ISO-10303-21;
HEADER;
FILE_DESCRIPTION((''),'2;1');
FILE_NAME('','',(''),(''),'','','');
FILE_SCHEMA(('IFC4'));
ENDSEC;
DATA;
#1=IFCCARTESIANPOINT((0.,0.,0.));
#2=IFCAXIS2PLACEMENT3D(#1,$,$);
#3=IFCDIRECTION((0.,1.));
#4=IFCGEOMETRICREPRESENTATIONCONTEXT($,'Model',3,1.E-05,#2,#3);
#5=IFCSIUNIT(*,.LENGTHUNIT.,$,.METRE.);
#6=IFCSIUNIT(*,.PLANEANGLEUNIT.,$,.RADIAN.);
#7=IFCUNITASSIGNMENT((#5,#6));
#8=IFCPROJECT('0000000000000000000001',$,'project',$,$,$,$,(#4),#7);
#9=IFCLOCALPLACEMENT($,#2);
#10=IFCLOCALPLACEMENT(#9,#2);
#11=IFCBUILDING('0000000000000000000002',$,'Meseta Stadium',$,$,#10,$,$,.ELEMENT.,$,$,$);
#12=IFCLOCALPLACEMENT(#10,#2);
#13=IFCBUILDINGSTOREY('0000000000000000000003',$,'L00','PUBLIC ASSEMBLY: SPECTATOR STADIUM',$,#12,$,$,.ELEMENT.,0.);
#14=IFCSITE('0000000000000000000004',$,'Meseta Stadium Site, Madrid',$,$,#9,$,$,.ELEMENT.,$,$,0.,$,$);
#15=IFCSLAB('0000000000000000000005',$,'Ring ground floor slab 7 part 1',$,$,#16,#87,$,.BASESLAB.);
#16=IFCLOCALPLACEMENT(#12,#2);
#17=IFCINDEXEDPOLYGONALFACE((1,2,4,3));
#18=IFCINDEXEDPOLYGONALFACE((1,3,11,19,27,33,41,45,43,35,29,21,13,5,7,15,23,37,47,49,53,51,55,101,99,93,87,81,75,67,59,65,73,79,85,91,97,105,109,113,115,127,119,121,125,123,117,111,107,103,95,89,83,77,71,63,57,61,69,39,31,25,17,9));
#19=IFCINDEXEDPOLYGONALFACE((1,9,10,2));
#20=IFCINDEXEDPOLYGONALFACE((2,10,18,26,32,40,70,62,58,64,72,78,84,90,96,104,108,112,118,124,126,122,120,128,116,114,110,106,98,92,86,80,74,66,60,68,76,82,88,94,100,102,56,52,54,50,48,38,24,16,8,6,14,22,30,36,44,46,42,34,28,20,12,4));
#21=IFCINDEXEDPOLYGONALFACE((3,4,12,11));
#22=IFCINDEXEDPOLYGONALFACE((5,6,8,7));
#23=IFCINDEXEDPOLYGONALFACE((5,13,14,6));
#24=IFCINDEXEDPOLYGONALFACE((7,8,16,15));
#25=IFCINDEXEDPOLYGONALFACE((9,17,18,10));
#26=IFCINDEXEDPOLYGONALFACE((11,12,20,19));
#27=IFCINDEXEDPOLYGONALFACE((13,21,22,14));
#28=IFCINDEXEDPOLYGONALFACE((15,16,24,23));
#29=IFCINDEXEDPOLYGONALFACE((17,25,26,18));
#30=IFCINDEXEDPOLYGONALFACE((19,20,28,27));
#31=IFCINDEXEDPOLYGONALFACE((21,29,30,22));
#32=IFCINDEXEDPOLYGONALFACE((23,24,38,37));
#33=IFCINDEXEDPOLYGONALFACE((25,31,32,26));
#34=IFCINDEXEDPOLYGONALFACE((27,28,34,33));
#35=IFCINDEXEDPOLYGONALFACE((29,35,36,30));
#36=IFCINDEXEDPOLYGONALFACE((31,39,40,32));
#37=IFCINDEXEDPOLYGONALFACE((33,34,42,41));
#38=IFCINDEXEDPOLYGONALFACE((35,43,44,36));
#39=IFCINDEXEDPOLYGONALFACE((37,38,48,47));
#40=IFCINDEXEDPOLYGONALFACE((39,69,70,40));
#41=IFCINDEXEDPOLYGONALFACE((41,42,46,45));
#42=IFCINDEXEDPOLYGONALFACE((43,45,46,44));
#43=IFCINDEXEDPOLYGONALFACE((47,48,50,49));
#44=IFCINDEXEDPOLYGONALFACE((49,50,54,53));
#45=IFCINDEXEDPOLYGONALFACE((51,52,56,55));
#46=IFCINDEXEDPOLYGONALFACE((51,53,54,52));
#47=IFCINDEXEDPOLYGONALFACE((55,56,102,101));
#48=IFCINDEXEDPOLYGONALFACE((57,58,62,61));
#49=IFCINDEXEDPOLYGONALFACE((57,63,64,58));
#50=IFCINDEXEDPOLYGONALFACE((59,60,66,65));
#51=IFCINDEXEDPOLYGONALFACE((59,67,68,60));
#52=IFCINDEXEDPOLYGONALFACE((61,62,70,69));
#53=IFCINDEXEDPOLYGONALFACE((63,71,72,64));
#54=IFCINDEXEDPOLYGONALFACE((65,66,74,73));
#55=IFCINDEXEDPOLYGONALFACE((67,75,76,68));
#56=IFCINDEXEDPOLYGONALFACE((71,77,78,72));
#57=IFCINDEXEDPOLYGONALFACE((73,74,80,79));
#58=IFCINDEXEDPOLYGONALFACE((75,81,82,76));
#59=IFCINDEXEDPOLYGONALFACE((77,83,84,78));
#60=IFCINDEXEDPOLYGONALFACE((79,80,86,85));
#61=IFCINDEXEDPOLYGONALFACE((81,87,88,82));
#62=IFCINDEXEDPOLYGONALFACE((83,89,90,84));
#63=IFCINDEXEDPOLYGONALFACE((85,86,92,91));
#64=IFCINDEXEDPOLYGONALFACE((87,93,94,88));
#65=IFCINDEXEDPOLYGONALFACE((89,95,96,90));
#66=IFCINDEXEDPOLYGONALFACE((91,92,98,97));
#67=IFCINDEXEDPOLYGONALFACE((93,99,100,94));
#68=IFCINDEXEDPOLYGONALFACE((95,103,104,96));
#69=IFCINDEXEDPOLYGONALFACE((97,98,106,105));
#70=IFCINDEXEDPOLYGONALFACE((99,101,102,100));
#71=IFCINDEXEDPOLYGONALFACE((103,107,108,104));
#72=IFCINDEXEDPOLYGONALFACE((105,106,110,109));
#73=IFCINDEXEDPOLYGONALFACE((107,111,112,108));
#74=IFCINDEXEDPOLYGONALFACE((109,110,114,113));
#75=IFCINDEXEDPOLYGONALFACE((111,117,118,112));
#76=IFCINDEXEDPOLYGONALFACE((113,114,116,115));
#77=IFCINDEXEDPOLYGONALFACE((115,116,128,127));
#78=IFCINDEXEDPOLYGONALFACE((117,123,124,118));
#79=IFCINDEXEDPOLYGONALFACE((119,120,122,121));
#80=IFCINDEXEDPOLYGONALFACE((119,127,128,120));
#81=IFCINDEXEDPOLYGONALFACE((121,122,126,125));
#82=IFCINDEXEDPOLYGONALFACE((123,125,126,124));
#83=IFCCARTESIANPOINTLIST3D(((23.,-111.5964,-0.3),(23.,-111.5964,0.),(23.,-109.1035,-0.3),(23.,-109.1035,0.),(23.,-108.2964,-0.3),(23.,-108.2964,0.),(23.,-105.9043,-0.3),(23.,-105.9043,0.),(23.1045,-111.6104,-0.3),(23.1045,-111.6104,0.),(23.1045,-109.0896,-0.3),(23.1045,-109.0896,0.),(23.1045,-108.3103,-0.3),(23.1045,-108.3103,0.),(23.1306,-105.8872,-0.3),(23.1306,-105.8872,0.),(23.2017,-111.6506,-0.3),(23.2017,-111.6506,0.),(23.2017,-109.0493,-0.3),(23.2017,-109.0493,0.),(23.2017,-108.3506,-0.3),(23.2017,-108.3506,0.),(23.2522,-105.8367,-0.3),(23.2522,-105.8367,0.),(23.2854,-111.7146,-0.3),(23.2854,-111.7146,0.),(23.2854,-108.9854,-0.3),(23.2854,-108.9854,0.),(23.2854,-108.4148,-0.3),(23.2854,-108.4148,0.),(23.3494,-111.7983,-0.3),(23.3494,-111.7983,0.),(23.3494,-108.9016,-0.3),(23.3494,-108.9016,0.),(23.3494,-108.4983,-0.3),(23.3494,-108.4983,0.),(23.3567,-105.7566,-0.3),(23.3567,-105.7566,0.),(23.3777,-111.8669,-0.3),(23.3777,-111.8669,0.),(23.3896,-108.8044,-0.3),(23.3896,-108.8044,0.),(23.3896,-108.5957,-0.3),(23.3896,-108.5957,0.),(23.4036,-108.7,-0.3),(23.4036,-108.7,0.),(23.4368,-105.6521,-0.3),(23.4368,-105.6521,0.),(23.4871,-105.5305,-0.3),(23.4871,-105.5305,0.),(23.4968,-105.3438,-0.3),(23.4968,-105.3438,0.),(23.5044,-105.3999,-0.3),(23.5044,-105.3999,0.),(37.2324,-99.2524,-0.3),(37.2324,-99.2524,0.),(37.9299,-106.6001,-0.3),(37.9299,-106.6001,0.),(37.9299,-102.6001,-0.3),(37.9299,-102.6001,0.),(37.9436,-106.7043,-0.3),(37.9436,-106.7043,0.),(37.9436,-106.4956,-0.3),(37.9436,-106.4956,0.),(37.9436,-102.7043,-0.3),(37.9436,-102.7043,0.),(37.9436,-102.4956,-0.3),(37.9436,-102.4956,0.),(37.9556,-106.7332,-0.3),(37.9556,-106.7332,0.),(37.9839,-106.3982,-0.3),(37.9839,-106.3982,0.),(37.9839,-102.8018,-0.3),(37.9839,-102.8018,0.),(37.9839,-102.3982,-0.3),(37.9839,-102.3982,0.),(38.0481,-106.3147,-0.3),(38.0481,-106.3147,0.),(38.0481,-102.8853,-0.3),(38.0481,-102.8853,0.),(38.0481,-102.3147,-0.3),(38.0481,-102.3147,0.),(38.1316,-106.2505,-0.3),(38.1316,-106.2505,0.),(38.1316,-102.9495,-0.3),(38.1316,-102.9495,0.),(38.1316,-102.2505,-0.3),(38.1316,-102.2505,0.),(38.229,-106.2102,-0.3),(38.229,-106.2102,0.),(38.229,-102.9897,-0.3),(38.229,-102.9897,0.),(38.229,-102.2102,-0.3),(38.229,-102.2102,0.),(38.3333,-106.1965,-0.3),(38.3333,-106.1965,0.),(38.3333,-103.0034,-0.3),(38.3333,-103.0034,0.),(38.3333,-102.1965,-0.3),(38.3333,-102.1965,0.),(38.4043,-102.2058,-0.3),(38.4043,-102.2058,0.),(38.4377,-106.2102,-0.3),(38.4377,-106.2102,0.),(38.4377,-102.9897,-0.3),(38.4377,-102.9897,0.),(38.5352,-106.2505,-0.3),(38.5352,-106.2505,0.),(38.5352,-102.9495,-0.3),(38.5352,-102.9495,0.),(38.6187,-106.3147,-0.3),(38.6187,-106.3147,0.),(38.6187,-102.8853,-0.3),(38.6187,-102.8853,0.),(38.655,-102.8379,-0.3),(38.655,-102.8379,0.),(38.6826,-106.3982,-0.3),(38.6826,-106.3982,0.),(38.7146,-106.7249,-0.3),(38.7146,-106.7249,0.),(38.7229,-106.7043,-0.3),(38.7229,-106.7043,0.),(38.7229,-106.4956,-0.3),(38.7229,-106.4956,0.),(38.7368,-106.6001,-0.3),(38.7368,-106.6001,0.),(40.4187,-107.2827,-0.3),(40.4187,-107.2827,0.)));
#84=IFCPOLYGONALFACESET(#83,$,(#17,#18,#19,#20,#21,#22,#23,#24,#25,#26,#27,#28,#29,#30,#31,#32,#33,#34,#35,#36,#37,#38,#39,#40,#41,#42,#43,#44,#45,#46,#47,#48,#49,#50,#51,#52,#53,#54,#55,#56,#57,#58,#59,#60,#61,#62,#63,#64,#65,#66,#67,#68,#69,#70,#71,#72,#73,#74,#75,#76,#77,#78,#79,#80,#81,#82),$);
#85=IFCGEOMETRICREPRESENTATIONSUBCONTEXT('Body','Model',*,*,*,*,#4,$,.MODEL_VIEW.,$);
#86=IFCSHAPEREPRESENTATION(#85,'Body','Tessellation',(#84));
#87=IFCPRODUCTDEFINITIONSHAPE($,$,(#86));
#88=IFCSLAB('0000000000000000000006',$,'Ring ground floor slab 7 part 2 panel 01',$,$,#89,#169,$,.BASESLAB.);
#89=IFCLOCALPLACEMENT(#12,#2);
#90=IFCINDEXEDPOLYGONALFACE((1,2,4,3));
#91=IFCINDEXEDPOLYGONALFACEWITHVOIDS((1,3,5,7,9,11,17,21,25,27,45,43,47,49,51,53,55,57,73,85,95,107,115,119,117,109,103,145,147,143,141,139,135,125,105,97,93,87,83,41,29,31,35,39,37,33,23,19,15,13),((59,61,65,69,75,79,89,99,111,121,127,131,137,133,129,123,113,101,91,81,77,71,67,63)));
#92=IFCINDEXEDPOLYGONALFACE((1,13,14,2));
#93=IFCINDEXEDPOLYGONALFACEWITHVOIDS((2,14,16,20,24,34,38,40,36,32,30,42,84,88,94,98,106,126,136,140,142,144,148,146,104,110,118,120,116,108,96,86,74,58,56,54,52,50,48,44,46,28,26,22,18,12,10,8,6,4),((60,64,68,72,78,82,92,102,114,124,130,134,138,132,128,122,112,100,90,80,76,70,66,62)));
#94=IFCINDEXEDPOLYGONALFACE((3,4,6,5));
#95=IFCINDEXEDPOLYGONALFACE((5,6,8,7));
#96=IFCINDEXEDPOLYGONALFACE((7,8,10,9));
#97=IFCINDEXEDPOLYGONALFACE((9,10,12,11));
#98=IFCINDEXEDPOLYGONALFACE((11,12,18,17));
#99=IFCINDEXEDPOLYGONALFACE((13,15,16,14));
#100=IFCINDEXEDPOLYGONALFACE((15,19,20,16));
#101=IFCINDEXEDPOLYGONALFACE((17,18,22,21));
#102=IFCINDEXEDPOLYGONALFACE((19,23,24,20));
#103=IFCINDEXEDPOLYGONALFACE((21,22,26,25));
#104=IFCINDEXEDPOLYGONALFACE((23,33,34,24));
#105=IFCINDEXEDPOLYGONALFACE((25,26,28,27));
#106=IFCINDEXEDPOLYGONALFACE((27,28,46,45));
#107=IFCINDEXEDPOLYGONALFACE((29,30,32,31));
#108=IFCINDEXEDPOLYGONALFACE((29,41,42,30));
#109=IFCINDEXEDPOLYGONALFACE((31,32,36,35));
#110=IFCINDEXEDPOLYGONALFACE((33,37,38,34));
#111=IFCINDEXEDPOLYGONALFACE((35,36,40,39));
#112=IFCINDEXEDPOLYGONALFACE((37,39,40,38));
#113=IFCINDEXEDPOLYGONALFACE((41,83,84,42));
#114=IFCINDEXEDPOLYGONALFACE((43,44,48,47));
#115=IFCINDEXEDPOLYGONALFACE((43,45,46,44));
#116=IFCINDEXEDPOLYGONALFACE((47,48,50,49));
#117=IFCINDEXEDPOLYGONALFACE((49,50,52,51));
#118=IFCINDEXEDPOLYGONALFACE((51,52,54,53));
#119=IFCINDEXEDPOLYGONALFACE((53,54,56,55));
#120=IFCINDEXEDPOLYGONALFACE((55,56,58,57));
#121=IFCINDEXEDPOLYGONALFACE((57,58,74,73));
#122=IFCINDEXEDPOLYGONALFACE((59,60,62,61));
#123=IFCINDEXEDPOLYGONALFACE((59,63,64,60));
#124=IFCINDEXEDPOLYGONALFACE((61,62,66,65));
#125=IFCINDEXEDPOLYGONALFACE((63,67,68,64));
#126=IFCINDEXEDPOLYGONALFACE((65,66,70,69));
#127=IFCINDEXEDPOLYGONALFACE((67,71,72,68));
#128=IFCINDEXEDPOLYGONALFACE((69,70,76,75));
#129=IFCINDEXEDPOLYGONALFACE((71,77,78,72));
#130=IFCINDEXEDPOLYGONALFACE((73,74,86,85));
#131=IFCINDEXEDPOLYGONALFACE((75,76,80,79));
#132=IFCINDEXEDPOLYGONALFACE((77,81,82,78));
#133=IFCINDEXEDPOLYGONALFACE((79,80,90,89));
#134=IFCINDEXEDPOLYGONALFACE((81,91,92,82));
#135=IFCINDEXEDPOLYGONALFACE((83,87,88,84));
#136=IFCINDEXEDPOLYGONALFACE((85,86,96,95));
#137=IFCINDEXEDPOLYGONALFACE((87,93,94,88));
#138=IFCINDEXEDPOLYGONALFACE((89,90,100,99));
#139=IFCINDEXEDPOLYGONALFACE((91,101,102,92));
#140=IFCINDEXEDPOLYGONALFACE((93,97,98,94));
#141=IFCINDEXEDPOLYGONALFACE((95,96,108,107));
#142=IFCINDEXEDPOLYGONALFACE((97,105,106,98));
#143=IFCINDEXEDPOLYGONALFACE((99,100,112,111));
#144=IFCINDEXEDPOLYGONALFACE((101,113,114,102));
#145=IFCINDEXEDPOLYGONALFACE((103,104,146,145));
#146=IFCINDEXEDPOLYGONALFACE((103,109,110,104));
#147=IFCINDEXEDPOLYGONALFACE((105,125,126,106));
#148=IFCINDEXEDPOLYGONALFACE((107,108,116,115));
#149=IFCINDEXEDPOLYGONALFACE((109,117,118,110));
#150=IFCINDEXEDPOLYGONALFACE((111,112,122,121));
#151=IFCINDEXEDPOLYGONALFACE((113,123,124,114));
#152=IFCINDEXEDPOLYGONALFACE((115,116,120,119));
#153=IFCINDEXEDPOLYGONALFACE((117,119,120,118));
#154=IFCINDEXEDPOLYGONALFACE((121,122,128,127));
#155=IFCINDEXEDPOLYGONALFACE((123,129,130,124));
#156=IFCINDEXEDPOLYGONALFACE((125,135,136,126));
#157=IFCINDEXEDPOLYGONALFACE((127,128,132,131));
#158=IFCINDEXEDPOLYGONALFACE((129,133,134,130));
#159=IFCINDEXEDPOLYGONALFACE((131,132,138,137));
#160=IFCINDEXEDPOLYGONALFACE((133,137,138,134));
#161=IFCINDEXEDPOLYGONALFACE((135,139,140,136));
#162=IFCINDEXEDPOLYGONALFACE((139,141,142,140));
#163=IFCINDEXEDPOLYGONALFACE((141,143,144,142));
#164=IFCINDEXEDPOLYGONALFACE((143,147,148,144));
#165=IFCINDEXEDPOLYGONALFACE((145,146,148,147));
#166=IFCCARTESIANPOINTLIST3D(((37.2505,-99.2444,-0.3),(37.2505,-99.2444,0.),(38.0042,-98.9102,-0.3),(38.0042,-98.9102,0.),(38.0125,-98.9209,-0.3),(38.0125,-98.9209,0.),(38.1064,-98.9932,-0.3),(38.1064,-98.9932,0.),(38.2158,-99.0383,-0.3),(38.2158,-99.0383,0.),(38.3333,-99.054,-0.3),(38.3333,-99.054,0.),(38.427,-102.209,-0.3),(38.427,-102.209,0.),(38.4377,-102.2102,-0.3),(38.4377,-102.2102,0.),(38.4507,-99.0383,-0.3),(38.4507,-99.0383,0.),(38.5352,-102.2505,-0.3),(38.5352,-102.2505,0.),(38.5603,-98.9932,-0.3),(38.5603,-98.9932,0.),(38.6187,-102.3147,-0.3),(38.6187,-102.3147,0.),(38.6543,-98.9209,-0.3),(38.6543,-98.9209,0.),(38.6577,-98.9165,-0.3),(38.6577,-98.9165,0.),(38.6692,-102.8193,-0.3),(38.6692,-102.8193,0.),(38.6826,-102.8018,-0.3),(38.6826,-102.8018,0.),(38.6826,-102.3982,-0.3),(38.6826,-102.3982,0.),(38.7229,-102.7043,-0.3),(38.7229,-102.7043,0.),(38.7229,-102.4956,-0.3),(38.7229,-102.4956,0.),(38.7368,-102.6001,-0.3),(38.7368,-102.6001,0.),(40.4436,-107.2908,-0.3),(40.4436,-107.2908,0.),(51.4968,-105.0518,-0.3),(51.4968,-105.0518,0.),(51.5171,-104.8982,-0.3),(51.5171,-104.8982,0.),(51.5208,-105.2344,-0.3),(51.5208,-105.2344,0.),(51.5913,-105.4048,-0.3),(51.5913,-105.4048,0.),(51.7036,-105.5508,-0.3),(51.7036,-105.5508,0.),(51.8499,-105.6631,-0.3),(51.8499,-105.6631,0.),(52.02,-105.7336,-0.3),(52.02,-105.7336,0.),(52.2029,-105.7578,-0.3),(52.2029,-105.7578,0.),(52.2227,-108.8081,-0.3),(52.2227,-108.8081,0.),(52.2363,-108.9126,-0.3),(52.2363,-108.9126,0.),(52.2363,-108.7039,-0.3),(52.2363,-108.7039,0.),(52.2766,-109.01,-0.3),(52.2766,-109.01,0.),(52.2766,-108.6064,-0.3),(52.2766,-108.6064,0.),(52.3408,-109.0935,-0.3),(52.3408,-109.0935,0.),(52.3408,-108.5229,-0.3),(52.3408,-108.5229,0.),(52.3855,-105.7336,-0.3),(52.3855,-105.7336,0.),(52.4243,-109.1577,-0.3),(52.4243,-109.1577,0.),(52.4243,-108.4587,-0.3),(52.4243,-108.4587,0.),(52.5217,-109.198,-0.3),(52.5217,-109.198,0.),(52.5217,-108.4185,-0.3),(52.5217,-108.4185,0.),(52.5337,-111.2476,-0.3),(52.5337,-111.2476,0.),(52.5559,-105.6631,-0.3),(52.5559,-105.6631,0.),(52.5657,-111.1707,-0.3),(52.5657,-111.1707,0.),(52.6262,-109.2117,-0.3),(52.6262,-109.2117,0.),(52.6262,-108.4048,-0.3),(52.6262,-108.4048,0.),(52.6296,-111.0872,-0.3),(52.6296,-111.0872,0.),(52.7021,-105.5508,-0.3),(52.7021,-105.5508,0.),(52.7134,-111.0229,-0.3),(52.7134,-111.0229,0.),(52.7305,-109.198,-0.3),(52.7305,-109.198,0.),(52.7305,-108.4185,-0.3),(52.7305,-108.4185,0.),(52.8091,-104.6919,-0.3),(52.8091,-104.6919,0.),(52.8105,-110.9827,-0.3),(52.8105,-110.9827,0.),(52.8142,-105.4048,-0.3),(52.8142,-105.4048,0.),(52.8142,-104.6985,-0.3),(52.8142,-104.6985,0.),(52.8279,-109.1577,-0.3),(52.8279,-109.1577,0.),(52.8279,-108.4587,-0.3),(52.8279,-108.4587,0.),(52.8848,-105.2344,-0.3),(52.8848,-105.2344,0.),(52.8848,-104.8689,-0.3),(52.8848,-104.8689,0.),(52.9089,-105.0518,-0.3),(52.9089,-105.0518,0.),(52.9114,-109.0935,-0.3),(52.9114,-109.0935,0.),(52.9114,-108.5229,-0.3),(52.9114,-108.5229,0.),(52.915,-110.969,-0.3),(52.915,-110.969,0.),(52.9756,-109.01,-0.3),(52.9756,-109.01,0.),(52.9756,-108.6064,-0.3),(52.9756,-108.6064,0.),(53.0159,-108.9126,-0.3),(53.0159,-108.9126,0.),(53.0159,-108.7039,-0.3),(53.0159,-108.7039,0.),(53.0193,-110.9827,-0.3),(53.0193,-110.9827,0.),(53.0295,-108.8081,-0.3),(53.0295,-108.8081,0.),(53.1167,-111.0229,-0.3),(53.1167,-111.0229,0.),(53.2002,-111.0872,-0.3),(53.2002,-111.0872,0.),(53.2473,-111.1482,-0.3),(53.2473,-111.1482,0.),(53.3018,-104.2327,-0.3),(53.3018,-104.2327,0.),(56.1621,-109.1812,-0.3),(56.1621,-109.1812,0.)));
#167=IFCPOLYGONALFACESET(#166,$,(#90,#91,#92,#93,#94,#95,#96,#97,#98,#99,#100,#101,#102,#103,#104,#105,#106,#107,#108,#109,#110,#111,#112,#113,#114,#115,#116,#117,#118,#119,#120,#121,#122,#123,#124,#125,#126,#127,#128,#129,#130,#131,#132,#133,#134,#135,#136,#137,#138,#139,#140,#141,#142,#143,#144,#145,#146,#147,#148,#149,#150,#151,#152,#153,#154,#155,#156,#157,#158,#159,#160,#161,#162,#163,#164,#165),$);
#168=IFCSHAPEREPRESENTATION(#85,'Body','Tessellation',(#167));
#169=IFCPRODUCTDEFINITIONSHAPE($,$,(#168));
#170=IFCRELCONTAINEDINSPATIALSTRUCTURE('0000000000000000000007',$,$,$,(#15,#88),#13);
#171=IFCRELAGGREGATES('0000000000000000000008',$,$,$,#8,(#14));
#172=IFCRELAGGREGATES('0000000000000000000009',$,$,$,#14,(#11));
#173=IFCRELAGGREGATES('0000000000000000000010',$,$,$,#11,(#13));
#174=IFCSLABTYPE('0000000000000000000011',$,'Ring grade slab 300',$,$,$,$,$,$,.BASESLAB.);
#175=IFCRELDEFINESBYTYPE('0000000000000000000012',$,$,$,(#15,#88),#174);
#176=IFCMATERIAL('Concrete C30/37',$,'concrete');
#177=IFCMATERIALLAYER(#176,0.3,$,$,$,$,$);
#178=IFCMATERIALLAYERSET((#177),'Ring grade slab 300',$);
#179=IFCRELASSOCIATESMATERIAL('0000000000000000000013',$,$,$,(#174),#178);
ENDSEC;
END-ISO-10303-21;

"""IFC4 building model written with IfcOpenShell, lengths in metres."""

from ifc_helpers import new_model, si_unit, direction, frame, origin, place, context, subcontext, project, spatial, polyline, outline, extrude, material, layer, layer_set, type_object, element, save


model = new_model("IFC4")

# Units and contexts
model_context = context("Model", 3, precision=1e-05, world=origin(), true_north=direction((0.0, 1.0)))
body_context = subcontext(model_context, "Body", "Model", "MODEL_VIEW")
ifc_project = project(units=[si_unit("LENGTHUNIT", "METRE"), si_unit("PLANEANGLEUNIT", "RADIAN")], contexts=[model_context])

# Site, building, storey
site_placement = place(None, origin())
site = spatial("IfcSite", under=ifc_project, at=site_placement, Name="Meseta Stadium Site, Madrid", CompositionType="ELEMENT", RefElevation=0.0)
building_placement = place(site_placement, origin())
building = spatial("IfcBuilding", under=site, at=building_placement, Name="Meseta Stadium", CompositionType="ELEMENT")
storey_placement = place(building_placement, origin())
storey = spatial("IfcBuildingStorey", under=building, at=storey_placement, Name="L00", Description="PUBLIC ASSEMBLY: SPECTATOR STADIUM", CompositionType="ELEMENT", Elevation=0.0)

# Slabs
ifc_material_1 = material(Name="Concrete C30/37", Category="concrete")
ifc_layer_1 = layer(ifc_material_1, 0.3)
ifc_layer_set_1 = layer_set([ifc_layer_1], Name="Ring grade slab 300")
slab_type_1 = type_object("IfcSlabType", Name="Ring grade slab 300", PredefinedType="BASESLAB", material=ifc_layer_set_1)
slab_1_placement = place(storey_placement, frame((0.0, 0.0, -0.3)))
element("IfcSlab", 1, at=slab_1_placement, inside=storey, type_object=slab_type_1, Name="Ring ground floor slab 7 part 1", PredefinedType="BASESLAB", context=body_context, shape_type="SweptSolid", body=[
    extrude(outline(polyline([(38.7146, -106.7249), (40.4187, -107.2827), (38.655, -102.8379), (38.6187, -102.8853), (38.5352, -102.9495), (38.4377, -102.9897), (38.3333, -103.0034), (38.229, -102.9897), (38.1316, -102.9495), (38.0481, -102.8853), (37.9839, -102.8018), (37.9436, -102.7043), (37.9299, -102.6001), (37.9436, -102.4956), (37.9839, -102.3982), (38.0481, -102.3147), (38.1316, -102.2505), (38.229, -102.2102), (38.3333, -102.1965), (38.4043, -102.2058), (37.2324, -99.2524), (23.4968, -105.3438), (23.5044, -105.3999), (23.4871, -105.5305), (23.4368, -105.6521), (23.3567, -105.7566), (23.2522, -105.8367), (23.1306, -105.8872), (23.0, -105.9043), (23.0, -108.2964), (23.1045, -108.3103), (23.2017, -108.3506), (23.2854, -108.4148), (23.3494, -108.4983), (23.3896, -108.5957), (23.4036, -108.7), (23.3896, -108.8044), (23.3494, -108.9016), (23.2854, -108.9854), (23.2017, -109.0493), (23.1045, -109.0896), (23.0, -109.1035), (23.0, -111.5964), (23.1045, -111.6104), (23.2017, -111.6506), (23.2854, -111.7146), (23.3494, -111.7983), (23.3777, -111.8669), (37.9556, -106.7332), (37.9436, -106.7043), (37.9299, -106.6001), (37.9436, -106.4956), (37.9839, -106.3982), (38.0481, -106.3147), (38.1316, -106.2505), (38.229, -106.2102), (38.3333, -106.1965), (38.4377, -106.2102), (38.5352, -106.2505), (38.6187, -106.3147), (38.6826, -106.3982), (38.7229, -106.4956), (38.7368, -106.6001), (38.7229, -106.7043), (38.7146, -106.7249)])), origin(), (0.0, 0.0, 1.0), 0.3),
])
slab_2_placement = place(storey_placement, frame((0.0, 0.0, -0.3)))
element("IfcSlab", 2, at=slab_2_placement, inside=storey, type_object=slab_type_1, Name="Ring ground floor slab 7 part 2 panel 01", PredefinedType="BASESLAB", context=body_context, shape_type="SweptSolid", body=[
    extrude(outline(polyline([(53.2002, -111.0872), (53.2473, -111.1482), (56.1621, -109.1812), (53.3018, -104.2327), (52.8091, -104.6919), (52.8142, -104.6985), (52.8848, -104.8689), (52.9089, -105.0518), (52.8848, -105.2344), (52.8142, -105.4048), (52.7021, -105.5508), (52.5559, -105.6631), (52.3855, -105.7336), (52.2029, -105.7578), (52.02, -105.7336), (51.8499, -105.6631), (51.7036, -105.5508), (51.5913, -105.4048), (51.5208, -105.2344), (51.4968, -105.0518), (51.5171, -104.8982), (38.6577, -98.9165), (38.6543, -98.9209), (38.5603, -98.9932), (38.4507, -99.0383), (38.3333, -99.054), (38.2158, -99.0383), (38.1064, -98.9932), (38.0125, -98.9209), (38.0042, -98.9102), (37.2505, -99.2444), (38.427, -102.209), (38.4377, -102.2102), (38.5352, -102.2505), (38.6187, -102.3147), (38.6826, -102.3982), (38.7229, -102.4956), (38.7368, -102.6001), (38.7229, -102.7043), (38.6826, -102.8018), (38.6692, -102.8193), (40.4436, -107.2908), (52.5337, -111.2476), (52.5657, -111.1707), (52.6296, -111.0872), (52.7134, -111.0229), (52.8105, -110.9827), (52.915, -110.969), (53.0193, -110.9827), (53.1167, -111.0229), (53.2002, -111.0872)]), holes=[polyline([(52.8279, -109.1577), (52.7305, -109.198), (52.6262, -109.2117), (52.5217, -109.198), (52.4243, -109.1577), (52.3408, -109.0935), (52.2766, -109.01), (52.2363, -108.9126), (52.2227, -108.8081), (52.2363, -108.7039), (52.2766, -108.6064), (52.3408, -108.5229), (52.4243, -108.4587), (52.5217, -108.4185), (52.6262, -108.4048), (52.7305, -108.4185), (52.8279, -108.4587), (52.9114, -108.5229), (52.9756, -108.6064), (53.0159, -108.7039), (53.0295, -108.8081), (53.0159, -108.9126), (52.9756, -109.01), (52.9114, -109.0935), (52.8279, -109.1577)])]), origin(), (0.0, 0.0, 1.0), 0.3),
])

save(model, "model.ifc")
